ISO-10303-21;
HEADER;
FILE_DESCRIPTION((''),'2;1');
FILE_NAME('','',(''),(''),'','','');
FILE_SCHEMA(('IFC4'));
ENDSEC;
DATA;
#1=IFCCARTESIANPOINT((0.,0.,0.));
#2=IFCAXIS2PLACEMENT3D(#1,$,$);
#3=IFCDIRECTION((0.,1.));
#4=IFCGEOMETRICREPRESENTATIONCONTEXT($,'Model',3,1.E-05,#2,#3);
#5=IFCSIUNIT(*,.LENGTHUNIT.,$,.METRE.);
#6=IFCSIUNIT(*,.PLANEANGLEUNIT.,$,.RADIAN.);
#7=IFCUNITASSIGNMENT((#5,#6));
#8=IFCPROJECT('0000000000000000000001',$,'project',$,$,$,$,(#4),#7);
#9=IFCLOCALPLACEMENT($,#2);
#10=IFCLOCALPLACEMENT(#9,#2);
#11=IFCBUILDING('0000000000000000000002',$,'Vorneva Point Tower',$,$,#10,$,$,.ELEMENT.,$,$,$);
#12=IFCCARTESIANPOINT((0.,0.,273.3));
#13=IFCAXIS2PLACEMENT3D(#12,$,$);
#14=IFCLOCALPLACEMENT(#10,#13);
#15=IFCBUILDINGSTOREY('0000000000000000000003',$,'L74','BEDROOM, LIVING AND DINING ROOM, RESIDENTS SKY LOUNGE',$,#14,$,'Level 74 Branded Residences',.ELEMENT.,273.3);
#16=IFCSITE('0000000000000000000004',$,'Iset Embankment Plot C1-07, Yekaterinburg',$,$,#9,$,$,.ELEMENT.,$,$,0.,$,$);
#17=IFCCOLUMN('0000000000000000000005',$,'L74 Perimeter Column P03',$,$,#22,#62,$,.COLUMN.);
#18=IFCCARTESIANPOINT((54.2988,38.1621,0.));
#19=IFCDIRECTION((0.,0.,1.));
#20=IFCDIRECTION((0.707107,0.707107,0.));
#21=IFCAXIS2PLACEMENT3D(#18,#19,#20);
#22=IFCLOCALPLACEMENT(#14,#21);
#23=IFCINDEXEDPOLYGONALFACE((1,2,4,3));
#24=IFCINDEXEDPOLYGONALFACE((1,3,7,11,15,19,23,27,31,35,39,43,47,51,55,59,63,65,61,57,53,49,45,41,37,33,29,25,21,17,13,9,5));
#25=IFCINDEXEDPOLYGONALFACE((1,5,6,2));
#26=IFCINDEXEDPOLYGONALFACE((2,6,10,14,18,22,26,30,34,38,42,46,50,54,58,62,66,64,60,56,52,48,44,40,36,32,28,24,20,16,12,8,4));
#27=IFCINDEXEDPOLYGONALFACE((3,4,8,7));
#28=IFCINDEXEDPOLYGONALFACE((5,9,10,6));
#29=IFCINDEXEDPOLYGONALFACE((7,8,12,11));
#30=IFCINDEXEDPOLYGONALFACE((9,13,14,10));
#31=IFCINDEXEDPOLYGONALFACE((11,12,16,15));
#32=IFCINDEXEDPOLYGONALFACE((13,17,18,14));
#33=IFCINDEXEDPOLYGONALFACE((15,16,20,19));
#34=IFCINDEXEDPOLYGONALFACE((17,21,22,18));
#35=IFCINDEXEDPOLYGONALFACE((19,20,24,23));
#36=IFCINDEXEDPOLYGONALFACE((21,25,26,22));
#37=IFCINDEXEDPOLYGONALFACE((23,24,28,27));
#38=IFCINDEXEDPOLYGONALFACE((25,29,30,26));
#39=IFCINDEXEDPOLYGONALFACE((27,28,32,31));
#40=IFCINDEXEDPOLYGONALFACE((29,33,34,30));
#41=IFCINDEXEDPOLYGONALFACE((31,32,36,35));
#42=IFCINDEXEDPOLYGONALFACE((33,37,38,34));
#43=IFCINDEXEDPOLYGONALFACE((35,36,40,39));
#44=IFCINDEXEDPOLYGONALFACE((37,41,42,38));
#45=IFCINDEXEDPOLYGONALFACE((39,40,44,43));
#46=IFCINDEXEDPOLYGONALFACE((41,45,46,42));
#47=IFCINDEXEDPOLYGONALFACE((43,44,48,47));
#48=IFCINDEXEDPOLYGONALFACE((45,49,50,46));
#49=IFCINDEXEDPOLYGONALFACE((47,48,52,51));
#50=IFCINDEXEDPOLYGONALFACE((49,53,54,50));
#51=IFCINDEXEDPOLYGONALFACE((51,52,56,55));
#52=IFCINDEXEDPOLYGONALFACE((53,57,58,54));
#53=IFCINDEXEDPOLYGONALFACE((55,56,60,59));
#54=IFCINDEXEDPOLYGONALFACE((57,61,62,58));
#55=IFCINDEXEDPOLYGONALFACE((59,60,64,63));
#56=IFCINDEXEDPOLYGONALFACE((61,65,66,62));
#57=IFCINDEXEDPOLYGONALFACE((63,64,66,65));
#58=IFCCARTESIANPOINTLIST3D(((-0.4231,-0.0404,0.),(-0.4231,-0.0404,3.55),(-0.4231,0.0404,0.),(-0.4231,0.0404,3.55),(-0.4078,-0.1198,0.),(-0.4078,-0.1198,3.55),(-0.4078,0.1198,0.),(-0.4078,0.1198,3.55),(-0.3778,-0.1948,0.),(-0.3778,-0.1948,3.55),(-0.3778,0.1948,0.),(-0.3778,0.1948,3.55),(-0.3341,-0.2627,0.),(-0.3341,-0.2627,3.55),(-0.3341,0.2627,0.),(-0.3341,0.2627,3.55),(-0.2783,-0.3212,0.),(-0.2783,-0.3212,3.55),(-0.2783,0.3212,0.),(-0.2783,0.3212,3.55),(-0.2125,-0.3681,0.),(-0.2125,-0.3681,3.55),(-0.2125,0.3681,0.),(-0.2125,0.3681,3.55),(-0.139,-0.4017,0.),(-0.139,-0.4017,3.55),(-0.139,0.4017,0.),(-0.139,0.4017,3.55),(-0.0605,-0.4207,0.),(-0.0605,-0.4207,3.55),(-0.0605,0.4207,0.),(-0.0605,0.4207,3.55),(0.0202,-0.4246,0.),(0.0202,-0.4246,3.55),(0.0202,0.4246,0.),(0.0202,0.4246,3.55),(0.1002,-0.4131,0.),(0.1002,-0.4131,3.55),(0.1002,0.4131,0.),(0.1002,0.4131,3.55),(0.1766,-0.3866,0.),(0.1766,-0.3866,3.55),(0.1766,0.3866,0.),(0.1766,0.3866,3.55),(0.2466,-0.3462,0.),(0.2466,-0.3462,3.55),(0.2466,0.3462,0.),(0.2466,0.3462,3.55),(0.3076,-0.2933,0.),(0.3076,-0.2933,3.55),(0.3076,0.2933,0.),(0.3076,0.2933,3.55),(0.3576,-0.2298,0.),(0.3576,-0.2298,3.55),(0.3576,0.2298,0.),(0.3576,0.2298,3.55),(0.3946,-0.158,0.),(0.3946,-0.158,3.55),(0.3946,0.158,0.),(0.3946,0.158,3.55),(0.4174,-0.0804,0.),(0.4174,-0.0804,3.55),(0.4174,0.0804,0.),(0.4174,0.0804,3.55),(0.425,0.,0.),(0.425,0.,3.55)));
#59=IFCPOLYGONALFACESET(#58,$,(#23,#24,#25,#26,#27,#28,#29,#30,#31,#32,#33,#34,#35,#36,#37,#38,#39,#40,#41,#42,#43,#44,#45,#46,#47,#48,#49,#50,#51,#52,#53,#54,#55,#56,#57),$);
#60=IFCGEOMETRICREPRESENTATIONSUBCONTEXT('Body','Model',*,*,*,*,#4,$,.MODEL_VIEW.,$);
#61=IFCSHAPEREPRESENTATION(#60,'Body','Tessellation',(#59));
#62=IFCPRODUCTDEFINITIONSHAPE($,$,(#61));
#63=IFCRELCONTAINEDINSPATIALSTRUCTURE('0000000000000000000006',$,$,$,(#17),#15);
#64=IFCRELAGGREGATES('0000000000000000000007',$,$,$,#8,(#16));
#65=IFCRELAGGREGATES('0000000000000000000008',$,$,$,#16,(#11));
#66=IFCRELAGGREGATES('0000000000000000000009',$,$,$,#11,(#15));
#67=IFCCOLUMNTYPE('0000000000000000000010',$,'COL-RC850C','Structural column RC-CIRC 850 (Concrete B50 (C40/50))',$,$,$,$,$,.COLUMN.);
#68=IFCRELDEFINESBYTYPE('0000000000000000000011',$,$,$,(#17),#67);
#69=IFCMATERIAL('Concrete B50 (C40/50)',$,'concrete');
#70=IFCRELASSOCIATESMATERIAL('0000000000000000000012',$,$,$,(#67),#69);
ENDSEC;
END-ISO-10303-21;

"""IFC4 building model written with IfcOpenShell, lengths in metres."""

from ifc_helpers import new_model, si_unit, direction, frame, origin, origin_2d, place, context, subcontext, project, spatial, circle, extrude, material, material_profile, profile_set, type_object, element, save


model = new_model("IFC4")

# Units and contexts
model_context = context("Model", 3, precision=1e-05, world=origin(), true_north=direction((0.0, 1.0)))
body_context = subcontext(model_context, "Body", "Model", "MODEL_VIEW")
ifc_project = project(units=[si_unit("LENGTHUNIT", "METRE"), si_unit("PLANEANGLEUNIT", "RADIAN")], contexts=[model_context])

# Site, building, storey
site_placement = place(None, origin())
site = spatial("IfcSite", under=ifc_project, at=site_placement, Name="Iset Embankment Plot C1-07, Yekaterinburg", CompositionType="ELEMENT", RefElevation=0.0)
building_placement = place(site_placement, origin())
building = spatial("IfcBuilding", under=site, at=building_placement, Name="Vorneva Point Tower", CompositionType="ELEMENT")
storey_placement = place(building_placement, frame((0.0, 0.0, 273.3)))
storey = spatial("IfcBuildingStorey", under=building, at=storey_placement, Name="L74", Description="BEDROOM, LIVING AND DINING ROOM, RESIDENTS SKY LOUNGE", LongName="Level 74 Branded Residences", CompositionType="ELEMENT", Elevation=273.3)

# Column
ifc_material_1 = material(Name="Concrete B50 (C40/50)", Category="concrete")
ifc_material_profile_1 = material_profile(ifc_material_1, circle(Radius=0.425, at=origin_2d()), Name="RC-CIRC 850")
ifc_profile_set_1 = profile_set([ifc_material_profile_1], Name="Concrete B50 (C40/50)")
column_type_1 = type_object("IfcColumnType", Name="COL-RC850C", Description="Structural column RC-CIRC 850 (Concrete B50 (C40/50))", PredefinedType="COLUMN", material=ifc_profile_set_1)
for number, where, z_axis, x_axis, name in (
    (1, (54.2988, 38.1621, 0.0), (0.0, 0.0, 1.0), (0.707107, 0.707107, 0.0), "L74 Perimeter Column P03"),
):
    element("IfcColumn", number, at=place(storey_placement, frame(where, z_axis=z_axis, x_axis=x_axis)), inside=storey, type_object=column_type_1, Name=name, PredefinedType="COLUMN", context=body_context, shape_type="SweptSolid", body=[
        extrude(circle(Radius=0.425, at=origin_2d()), origin(), (0.0, 0.0, 1.0), 3.55),
    ])

save(model, "model.ifc")
